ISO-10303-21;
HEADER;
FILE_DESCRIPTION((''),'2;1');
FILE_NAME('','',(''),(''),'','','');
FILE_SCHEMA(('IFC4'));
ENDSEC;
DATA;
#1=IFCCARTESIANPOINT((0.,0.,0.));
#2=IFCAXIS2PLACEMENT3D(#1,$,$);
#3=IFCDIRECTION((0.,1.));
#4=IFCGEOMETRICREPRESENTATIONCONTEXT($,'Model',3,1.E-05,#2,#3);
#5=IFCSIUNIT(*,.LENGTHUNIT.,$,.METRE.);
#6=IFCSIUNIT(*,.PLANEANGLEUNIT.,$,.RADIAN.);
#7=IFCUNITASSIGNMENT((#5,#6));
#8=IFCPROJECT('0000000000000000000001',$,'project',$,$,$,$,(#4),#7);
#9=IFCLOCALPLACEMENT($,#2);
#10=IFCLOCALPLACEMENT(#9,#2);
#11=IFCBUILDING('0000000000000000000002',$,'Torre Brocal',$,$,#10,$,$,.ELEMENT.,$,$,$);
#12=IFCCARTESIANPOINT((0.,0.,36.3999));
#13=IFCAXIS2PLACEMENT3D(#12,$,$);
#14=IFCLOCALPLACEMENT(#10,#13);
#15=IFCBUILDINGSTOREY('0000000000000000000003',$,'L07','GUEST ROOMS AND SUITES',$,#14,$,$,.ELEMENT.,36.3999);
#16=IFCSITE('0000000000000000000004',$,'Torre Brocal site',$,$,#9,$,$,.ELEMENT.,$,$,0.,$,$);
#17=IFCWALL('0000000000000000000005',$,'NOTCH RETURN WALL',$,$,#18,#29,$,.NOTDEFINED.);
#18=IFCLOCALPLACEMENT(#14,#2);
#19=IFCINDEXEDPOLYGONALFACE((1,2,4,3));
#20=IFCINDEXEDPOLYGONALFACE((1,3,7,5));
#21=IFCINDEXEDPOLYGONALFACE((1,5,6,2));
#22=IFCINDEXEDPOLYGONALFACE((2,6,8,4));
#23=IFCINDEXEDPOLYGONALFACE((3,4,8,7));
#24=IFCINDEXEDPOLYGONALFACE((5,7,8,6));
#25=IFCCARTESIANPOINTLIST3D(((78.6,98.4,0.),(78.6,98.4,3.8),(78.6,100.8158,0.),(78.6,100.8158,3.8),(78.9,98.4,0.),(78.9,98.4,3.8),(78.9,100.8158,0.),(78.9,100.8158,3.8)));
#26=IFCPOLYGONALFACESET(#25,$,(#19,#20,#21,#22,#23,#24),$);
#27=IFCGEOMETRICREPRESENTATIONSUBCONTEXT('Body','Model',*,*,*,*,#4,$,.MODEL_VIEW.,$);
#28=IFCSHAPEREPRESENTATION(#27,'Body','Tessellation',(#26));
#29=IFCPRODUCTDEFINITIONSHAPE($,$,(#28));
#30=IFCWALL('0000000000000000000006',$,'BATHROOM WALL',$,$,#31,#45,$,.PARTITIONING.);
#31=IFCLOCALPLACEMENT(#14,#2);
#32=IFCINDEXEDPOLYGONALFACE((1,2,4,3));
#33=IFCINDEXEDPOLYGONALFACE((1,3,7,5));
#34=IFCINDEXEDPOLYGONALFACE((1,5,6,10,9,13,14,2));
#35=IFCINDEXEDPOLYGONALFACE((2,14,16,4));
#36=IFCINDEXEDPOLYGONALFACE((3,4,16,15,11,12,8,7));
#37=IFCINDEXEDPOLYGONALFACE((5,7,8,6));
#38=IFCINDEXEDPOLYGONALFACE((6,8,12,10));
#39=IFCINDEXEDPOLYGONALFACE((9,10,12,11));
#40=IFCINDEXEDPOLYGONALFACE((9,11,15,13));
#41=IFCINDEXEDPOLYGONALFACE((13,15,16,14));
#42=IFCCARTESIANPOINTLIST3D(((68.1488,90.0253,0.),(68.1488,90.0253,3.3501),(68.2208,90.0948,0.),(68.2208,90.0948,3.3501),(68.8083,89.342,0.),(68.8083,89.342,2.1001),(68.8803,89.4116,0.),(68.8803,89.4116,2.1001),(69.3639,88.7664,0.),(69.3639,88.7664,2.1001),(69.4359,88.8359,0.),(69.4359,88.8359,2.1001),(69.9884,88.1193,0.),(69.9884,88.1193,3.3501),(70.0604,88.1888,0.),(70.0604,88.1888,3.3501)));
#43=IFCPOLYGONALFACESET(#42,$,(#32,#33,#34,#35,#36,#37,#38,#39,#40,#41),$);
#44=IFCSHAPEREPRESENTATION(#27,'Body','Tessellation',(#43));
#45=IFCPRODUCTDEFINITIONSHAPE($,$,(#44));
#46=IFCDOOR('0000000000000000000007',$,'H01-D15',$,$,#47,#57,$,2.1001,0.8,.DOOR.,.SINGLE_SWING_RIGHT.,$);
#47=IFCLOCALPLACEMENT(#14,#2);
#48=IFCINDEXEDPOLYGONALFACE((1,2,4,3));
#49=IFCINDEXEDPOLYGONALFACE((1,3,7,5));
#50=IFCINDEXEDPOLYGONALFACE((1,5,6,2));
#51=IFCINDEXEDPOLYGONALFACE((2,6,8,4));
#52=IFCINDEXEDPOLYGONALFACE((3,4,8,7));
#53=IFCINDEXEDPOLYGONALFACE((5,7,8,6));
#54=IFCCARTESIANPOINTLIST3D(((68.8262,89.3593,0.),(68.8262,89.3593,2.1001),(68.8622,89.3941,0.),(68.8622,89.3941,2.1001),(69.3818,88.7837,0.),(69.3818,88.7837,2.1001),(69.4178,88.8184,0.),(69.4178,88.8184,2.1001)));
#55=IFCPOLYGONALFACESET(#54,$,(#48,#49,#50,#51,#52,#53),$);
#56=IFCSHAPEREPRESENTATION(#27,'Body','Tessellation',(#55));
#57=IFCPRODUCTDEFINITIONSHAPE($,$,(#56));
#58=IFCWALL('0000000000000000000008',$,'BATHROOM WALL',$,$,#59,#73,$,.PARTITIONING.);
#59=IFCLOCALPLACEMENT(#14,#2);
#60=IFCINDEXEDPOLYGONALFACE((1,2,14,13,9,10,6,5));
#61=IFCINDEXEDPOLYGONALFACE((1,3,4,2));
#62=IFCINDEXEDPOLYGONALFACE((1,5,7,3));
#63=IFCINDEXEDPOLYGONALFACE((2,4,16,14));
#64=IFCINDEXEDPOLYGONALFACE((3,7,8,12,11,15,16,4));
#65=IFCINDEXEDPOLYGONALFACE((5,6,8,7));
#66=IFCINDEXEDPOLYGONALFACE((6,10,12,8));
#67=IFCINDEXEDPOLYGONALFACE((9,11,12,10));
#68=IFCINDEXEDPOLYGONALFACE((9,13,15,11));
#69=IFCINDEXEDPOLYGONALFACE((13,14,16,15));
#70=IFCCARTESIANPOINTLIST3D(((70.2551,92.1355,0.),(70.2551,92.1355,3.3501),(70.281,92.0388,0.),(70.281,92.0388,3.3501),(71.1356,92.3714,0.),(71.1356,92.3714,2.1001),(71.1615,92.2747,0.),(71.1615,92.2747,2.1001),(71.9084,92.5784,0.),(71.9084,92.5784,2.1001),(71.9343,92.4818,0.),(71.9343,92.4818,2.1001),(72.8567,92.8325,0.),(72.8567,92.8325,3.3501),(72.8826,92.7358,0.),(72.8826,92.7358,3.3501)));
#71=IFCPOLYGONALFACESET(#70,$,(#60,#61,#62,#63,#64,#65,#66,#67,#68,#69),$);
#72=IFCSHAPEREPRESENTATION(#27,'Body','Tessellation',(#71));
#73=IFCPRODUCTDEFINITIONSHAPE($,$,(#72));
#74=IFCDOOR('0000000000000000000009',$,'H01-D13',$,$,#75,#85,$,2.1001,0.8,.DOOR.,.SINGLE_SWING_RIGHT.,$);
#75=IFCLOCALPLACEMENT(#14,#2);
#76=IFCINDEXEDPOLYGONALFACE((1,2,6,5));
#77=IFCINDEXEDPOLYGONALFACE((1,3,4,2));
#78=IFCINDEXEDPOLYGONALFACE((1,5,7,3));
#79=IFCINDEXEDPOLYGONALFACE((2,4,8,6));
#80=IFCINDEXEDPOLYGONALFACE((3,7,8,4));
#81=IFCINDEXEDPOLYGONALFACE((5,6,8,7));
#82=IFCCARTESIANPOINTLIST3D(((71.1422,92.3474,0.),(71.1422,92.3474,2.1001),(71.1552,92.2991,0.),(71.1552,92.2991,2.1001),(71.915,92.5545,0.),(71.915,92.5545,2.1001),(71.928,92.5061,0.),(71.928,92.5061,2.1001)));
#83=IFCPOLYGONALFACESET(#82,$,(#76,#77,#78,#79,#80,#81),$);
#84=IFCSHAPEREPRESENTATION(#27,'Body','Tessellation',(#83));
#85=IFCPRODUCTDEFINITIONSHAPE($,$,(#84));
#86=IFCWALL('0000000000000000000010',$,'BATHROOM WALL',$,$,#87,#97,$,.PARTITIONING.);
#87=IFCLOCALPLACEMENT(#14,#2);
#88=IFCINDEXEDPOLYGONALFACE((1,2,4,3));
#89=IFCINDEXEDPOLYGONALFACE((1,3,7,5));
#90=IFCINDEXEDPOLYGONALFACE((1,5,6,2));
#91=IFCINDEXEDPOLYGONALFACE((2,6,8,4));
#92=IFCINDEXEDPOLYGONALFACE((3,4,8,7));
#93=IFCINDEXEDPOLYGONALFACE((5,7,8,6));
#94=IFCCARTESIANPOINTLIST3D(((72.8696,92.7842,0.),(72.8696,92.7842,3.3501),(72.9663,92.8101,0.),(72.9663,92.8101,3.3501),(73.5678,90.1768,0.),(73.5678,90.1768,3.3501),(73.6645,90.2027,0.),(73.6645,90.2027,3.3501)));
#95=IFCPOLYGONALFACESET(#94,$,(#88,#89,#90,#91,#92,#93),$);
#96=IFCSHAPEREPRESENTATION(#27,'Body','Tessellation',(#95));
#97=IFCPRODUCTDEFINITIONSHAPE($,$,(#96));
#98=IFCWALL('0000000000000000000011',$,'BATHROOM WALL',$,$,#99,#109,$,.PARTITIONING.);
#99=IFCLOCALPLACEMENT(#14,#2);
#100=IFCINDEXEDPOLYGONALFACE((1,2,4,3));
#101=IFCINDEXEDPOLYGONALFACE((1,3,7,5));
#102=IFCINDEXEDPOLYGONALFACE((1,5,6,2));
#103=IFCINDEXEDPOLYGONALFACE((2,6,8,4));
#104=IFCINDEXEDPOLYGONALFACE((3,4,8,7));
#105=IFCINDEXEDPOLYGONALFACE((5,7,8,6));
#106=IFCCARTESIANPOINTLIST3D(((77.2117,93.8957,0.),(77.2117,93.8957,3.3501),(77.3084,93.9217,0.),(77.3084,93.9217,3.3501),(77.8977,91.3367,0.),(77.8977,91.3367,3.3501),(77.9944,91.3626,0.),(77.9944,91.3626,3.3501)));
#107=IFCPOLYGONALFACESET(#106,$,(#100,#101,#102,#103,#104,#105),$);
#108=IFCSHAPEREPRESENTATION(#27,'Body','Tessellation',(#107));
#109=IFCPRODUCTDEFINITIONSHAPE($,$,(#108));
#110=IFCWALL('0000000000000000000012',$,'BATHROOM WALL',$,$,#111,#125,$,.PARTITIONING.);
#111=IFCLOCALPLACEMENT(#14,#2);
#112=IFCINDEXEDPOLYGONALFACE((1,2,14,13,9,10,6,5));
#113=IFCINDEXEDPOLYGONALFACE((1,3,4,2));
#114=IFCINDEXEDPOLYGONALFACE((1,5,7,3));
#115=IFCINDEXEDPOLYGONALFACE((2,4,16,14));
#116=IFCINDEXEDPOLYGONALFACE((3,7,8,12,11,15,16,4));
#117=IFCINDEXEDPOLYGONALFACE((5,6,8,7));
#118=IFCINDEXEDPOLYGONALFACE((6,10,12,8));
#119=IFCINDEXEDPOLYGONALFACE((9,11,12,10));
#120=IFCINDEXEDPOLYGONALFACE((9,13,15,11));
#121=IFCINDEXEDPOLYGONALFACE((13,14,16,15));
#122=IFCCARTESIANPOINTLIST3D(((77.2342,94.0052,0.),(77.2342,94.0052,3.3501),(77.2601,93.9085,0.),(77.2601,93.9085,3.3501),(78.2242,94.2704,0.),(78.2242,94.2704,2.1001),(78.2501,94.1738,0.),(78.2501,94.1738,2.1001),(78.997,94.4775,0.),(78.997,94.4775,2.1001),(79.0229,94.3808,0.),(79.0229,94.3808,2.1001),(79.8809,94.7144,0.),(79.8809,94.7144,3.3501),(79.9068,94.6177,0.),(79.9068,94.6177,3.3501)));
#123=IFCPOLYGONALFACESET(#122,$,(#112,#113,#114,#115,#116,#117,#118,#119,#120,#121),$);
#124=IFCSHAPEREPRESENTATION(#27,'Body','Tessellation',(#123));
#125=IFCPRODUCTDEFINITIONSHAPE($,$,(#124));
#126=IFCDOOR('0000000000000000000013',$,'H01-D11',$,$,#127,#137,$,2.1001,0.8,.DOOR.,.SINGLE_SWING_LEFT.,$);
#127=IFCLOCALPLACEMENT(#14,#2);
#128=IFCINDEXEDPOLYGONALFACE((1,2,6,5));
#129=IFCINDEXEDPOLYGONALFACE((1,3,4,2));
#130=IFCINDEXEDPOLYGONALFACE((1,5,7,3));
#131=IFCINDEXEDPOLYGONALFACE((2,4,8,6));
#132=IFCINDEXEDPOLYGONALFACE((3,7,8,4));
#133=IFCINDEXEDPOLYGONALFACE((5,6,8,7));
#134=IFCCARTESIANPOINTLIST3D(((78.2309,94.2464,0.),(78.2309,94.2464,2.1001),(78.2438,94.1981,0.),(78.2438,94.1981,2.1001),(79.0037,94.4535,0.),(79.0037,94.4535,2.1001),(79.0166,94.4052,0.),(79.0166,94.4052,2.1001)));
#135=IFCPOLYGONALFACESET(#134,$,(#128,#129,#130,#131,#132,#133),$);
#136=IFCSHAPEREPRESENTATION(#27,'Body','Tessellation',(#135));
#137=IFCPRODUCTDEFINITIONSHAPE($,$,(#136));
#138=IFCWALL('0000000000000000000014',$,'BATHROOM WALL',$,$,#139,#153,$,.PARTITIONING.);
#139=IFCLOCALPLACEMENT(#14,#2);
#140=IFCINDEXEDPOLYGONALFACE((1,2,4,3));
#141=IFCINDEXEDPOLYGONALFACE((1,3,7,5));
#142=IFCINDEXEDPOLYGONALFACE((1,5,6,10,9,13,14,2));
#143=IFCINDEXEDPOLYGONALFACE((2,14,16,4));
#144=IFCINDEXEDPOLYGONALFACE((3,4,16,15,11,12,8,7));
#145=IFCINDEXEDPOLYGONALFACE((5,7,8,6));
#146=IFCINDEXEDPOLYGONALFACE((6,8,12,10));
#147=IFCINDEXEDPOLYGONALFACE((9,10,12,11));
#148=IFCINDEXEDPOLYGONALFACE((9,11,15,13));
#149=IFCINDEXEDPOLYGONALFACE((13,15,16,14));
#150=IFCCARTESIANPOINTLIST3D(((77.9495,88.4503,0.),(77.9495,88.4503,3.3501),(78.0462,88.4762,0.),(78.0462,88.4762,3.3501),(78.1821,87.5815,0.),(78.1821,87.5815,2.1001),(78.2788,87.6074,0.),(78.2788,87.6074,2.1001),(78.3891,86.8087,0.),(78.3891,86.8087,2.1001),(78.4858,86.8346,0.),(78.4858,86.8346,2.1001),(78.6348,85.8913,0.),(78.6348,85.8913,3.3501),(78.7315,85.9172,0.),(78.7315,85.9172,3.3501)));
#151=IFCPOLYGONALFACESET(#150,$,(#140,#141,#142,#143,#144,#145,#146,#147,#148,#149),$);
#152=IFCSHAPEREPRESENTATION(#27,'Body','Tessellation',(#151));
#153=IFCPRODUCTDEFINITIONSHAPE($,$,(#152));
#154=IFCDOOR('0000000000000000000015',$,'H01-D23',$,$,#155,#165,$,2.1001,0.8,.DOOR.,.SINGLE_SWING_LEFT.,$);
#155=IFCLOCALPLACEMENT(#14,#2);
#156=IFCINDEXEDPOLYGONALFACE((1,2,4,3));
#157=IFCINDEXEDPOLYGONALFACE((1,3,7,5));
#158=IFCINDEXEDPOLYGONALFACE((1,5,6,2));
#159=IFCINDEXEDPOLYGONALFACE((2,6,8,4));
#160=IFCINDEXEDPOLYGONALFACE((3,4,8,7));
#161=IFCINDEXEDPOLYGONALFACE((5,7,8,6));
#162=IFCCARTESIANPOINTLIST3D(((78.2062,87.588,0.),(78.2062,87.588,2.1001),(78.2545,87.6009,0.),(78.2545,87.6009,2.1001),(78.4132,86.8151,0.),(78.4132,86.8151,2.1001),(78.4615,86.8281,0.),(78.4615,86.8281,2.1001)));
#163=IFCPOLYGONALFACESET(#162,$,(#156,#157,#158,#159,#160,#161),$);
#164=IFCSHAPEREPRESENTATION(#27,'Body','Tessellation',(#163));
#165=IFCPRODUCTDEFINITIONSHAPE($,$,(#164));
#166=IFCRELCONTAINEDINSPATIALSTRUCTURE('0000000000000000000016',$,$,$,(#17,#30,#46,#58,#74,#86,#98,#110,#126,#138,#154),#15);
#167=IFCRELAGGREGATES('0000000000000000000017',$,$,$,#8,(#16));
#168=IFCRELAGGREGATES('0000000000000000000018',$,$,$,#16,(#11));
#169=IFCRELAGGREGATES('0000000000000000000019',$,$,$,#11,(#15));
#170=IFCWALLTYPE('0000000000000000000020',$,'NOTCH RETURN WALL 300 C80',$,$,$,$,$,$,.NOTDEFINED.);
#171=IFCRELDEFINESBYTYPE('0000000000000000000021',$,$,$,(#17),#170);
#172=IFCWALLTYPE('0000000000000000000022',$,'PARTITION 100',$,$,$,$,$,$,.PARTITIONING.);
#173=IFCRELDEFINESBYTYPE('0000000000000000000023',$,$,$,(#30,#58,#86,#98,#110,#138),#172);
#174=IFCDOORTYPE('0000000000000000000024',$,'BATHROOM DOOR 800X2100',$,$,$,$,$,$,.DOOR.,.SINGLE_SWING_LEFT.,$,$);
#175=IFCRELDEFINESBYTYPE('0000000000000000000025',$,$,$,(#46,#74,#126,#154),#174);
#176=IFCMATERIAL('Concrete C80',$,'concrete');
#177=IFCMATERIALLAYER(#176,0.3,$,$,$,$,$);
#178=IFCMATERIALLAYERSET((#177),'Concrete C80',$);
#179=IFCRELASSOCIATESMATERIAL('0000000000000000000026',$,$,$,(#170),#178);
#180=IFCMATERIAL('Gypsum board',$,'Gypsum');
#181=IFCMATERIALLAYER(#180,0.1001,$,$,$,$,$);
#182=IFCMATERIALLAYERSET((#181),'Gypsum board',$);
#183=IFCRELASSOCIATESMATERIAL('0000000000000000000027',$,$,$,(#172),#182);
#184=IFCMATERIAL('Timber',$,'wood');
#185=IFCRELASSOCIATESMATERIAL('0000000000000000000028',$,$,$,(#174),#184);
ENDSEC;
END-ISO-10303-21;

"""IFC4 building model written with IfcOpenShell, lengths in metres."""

from ifc_helpers import new_model, si_unit, direction, frame, frame_2d, origin, place, context, subcontext, project, spatial, rectangle, extrude, material, layer, layer_set, type_object, element, fill, save


model = new_model("IFC4")

# Units and contexts
model_context = context("Model", 3, precision=1e-05, world=origin(), true_north=direction((0.0, 1.0)))
body_context = subcontext(model_context, "Body", "Model", "MODEL_VIEW")
ifc_project = project(units=[si_unit("LENGTHUNIT", "METRE"), si_unit("PLANEANGLEUNIT", "RADIAN")], contexts=[model_context])

# Site, building, storey
site_placement = place(None, origin())
site = spatial("IfcSite", under=ifc_project, at=site_placement, Name="Torre Brocal site", CompositionType="ELEMENT", RefElevation=0.0)
building_placement = place(site_placement, origin())
building = spatial("IfcBuilding", under=site, at=building_placement, Name="Torre Brocal", CompositionType="ELEMENT")
storey_placement = place(building_placement, frame((0.0, 0.0, 36.3999)))
storey = spatial("IfcBuildingStorey", under=building, at=storey_placement, Name="L07", Description="GUEST ROOMS AND SUITES", CompositionType="ELEMENT", Elevation=36.3999)

# Wall
ifc_material_1 = material(Name="Concrete C80", Category="concrete")
ifc_layer_1 = layer(ifc_material_1, 0.3)
ifc_layer_set_1 = layer_set([ifc_layer_1], Name="Concrete C80")
wall_type_1 = type_object("IfcWallType", Name="NOTCH RETURN WALL 300 C80", PredefinedType="NOTDEFINED", material=ifc_layer_set_1)
wall_1_placement = place(storey_placement, frame((78.75, 98.3999, 0.0), z_axis=(0.0, 0.0, 1.0), x_axis=(0.0, 1.0, 0.0)))
element("IfcWall", 1, at=wall_1_placement, inside=storey, type_object=wall_type_1, Name="NOTCH RETURN WALL", PredefinedType="NOTDEFINED", context=body_context, shape_type="SweptSolid", body=[
    extrude(rectangle(XDim=2.4158, YDim=0.3, at=frame_2d((1.208, 0.0))), origin(), (0.0, 0.0, 1.0), 3.8),
])

# Walls, openings, doors
ifc_material_2 = material(Name="Gypsum board", Category="Gypsum")
ifc_layer_2 = layer(ifc_material_2, 0.1001)
ifc_layer_set_2 = layer_set([ifc_layer_2], Name="Gypsum board")
wall_type_2 = type_object("IfcWallType", Name="PARTITION 100", PredefinedType="PARTITIONING", material=ifc_layer_set_2)
wall_2_placement = place(storey_placement, frame((68.1848, 90.0601, 0.0), z_axis=(0.0, 0.0, 1.0), x_axis=(0.694461, -0.71953, 0.0)))
wall_2 = element("IfcWall", 2, at=wall_2_placement, inside=storey, type_object=wall_type_2, Name="BATHROOM WALL", PredefinedType="PARTITIONING", context=body_context, shape_type="SweptSolid", body=[
    extrude(rectangle(XDim=2.6489, YDim=0.1001, at=frame_2d((1.3245, 0.0))), origin(), (0.0, 0.0, 1.0), 3.3501),
])
opening_1_placement = place(wall_2_placement, frame((0.9497, 0.0, 0.0)))
opening_1 = element("IfcOpeningElement", 3, at=opening_1_placement, cuts=wall_2, PredefinedType="OPENING", context=body_context, shape_type="SweptSolid", body=[
    extrude(rectangle(XDim=0.8, YDim=2.1001, at=frame_2d((0.3999, 1.05))), frame((0.0, 0.0601, 0.0), z_axis=(0.0, -1.0, 0.0), x_axis=(1.0, 0.0, 0.0)), (0.0, 0.0, 1.0), 0.1201),
])
ifc_material_3 = material(Name="Timber", Category="wood")
door_type_1 = type_object("IfcDoorType", Name="BATHROOM DOOR 800X2100", OperationType="SINGLE_SWING_LEFT", PredefinedType="DOOR", material=ifc_material_3)
door_1_placement = place(opening_1_placement, origin())
door_1 = element("IfcDoor", 4, at=door_1_placement, inside=storey, type_object=door_type_1, Name="H01-D15", OperationType="SINGLE_SWING_RIGHT", OverallHeight=2.1001, OverallWidth=0.8, PredefinedType="DOOR", context=body_context, shape_type="SweptSolid", body=[
    extrude(rectangle(XDim=0.8, YDim=2.1001, at=frame_2d((0.3999, 1.05))), frame((0.0, 0.0249, 0.0), z_axis=(0.0, -1.0, 0.0), x_axis=(1.0, 0.0, 0.0)), (0.0, 0.0, 1.0), 0.05),
])
fill(opening_1, door_1)
wall_3_placement = place(storey_placement, frame((70.2681, 92.0872, 0.0), z_axis=(0.0, 0.0, 1.0), x_axis=(0.965932, 0.258796, 0.0)))
wall_3 = element("IfcWall", 5, at=wall_3_placement, inside=storey, type_object=wall_type_2, Name="BATHROOM WALL", PredefinedType="PARTITIONING", context=body_context, shape_type="SweptSolid", body=[
    extrude(rectangle(XDim=2.6934, YDim=0.1001, at=frame_2d((1.3467, 0.0))), origin(), (0.0, 0.0, 1.0), 3.3501),
])
opening_2_placement = place(wall_3_placement, frame((0.9116, 0.0, 0.0)))
opening_2 = element("IfcOpeningElement", 6, at=opening_2_placement, cuts=wall_3, PredefinedType="OPENING", context=body_context, shape_type="SweptSolid", body=[
    extrude(rectangle(XDim=0.8, YDim=2.1001, at=frame_2d((0.3999, 1.05))), frame((0.0, 0.0601, 0.0), z_axis=(0.0, -1.0, 0.0), x_axis=(1.0, 0.0, 0.0)), (0.0, 0.0, 1.0), 0.1201),
])
door_2_placement = place(opening_2_placement, frame((0.8, 0.0, 0.0), z_axis=(0.0, 0.0, 1.0), x_axis=(-1.0, 0.0, 0.0)))
door_2 = element("IfcDoor", 7, at=door_2_placement, inside=storey, type_object=door_type_1, Name="H01-D13", OperationType="SINGLE_SWING_RIGHT", OverallHeight=2.1001, OverallWidth=0.8, PredefinedType="DOOR", context=body_context, shape_type="SweptSolid", body=[
    extrude(rectangle(XDim=0.8, YDim=2.1001, at=frame_2d((0.3999, 1.05))), frame((0.0, 0.0249, 0.0), z_axis=(0.0, -1.0, 0.0), x_axis=(1.0, 0.0, 0.0)), (0.0, 0.0, 1.0), 0.05),
])
fill(opening_2, door_2)

# Walls
wall_4_placement = place(storey_placement, frame((72.918, 92.7971, 0.0), z_axis=(0.0, 0.0, 1.0), x_axis=(0.258676, -0.965964, 0.0)))
element("IfcWall", 8, at=wall_4_placement, inside=storey, type_object=wall_type_2, Name="BATHROOM WALL", PredefinedType="PARTITIONING", context=body_context, shape_type="SweptSolid", body=[
    extrude(rectangle(XDim=2.6992, YDim=0.1001, at=frame_2d((1.3496, 0.0))), origin(), (0.0, 0.0, 1.0), 3.3501),
])
wall_5_placement = place(storey_placement, frame((77.26, 93.9087, 0.0), z_axis=(0.0, 0.0, 1.0), x_axis=(0.258936, -0.965895, 0.0)))
element("IfcWall", 9, at=wall_5_placement, inside=storey, type_object=wall_type_2, Name="BATHROOM WALL", PredefinedType="PARTITIONING", context=body_context, shape_type="SweptSolid", body=[
    extrude(rectangle(XDim=2.6494, YDim=0.1001, at=frame_2d((1.3247, 0.0))), origin(), (0.0, 0.0, 1.0), 3.3501),
])

# Walls, openings, doors
wall_6_placement = place(storey_placement, frame((77.2471, 93.9568, 0.0), z_axis=(0.0, 0.0, 1.0), x_axis=(0.965922, 0.258833, 0.0)))
wall_6 = element("IfcWall", 10, at=wall_6_placement, inside=storey, type_object=wall_type_2, Name="BATHROOM WALL", PredefinedType="PARTITIONING", context=body_context, shape_type="SweptSolid", body=[
    extrude(rectangle(XDim=2.74, YDim=0.1001, at=frame_2d((1.3701, 0.0))), origin(), (0.0, 0.0, 1.0), 3.3501),
])
opening_3_placement = place(wall_6_placement, frame((1.0251, 0.0, 0.0)))
opening_3 = element("IfcOpeningElement", 11, at=opening_3_placement, cuts=wall_6, PredefinedType="OPENING", context=body_context, shape_type="SweptSolid", body=[
    extrude(rectangle(XDim=0.8, YDim=2.1001, at=frame_2d((0.3999, 1.05))), frame((0.0, 0.0601, 0.0), z_axis=(0.0, -1.0, 0.0), x_axis=(1.0, 0.0, 0.0)), (0.0, 0.0, 1.0), 0.1201),
])
door_3_placement = place(opening_3_placement, frame((0.8, 0.0, 0.0), z_axis=(0.0, 0.0, 1.0), x_axis=(-1.0, 0.0, 0.0)))
door_3 = element("IfcDoor", 12, at=door_3_placement, inside=storey, type_object=door_type_1, Name="H01-D11", OperationType="SINGLE_SWING_LEFT", OverallHeight=2.1001, OverallWidth=0.8, PredefinedType="DOOR", context=body_context, shape_type="SweptSolid", body=[
    extrude(rectangle(XDim=0.8, YDim=2.1001, at=frame_2d((0.3999, 1.05))), frame((0.0, 0.0249, 0.0), z_axis=(0.0, -1.0, 0.0), x_axis=(1.0, 0.0, 0.0)), (0.0, 0.0, 1.0), 0.05),
])
fill(opening_3, door_3)
wall_7_placement = place(storey_placement, frame((77.9978, 88.4634, 0.0), z_axis=(0.0, 0.0, 1.0), x_axis=(0.258678, -0.965964, 0.0)))
wall_7 = element("IfcWall", 13, at=wall_7_placement, inside=storey, type_object=wall_type_2, Name="BATHROOM WALL", PredefinedType="PARTITIONING", context=body_context, shape_type="SweptSolid", body=[
    extrude(rectangle(XDim=2.6492, YDim=0.1001, at=frame_2d((1.3247, 0.0))), origin(), (0.0, 0.0, 1.0), 3.3501),
])
opening_4_placement = place(wall_7_placement, frame((0.8997, 0.0, 0.0)))
opening_4 = element("IfcOpeningElement", 14, at=opening_4_placement, cuts=wall_7, PredefinedType="OPENING", context=body_context, shape_type="SweptSolid", body=[
    extrude(rectangle(XDim=0.8, YDim=2.1001, at=frame_2d((0.3999, 1.05))), frame((0.0, 0.0601, 0.0), z_axis=(0.0, -1.0, 0.0), x_axis=(1.0, 0.0, 0.0)), (0.0, 0.0, 1.0), 0.1201),
])
door_4_placement = place(opening_4_placement, origin())
door_4 = element("IfcDoor", 15, at=door_4_placement, inside=storey, type_object=door_type_1, Name="H01-D23", OperationType="SINGLE_SWING_LEFT", OverallHeight=2.1001, OverallWidth=0.8, PredefinedType="DOOR", context=body_context, shape_type="SweptSolid", body=[
    extrude(rectangle(XDim=0.8, YDim=2.1001, at=frame_2d((0.3999, 1.05))), frame((0.0, 0.0249, 0.0), z_axis=(0.0, -1.0, 0.0), x_axis=(1.0, 0.0, 0.0)), (0.0, 0.0, 1.0), 0.05),
])
fill(opening_4, door_4)

save(model, "model.ifc")
